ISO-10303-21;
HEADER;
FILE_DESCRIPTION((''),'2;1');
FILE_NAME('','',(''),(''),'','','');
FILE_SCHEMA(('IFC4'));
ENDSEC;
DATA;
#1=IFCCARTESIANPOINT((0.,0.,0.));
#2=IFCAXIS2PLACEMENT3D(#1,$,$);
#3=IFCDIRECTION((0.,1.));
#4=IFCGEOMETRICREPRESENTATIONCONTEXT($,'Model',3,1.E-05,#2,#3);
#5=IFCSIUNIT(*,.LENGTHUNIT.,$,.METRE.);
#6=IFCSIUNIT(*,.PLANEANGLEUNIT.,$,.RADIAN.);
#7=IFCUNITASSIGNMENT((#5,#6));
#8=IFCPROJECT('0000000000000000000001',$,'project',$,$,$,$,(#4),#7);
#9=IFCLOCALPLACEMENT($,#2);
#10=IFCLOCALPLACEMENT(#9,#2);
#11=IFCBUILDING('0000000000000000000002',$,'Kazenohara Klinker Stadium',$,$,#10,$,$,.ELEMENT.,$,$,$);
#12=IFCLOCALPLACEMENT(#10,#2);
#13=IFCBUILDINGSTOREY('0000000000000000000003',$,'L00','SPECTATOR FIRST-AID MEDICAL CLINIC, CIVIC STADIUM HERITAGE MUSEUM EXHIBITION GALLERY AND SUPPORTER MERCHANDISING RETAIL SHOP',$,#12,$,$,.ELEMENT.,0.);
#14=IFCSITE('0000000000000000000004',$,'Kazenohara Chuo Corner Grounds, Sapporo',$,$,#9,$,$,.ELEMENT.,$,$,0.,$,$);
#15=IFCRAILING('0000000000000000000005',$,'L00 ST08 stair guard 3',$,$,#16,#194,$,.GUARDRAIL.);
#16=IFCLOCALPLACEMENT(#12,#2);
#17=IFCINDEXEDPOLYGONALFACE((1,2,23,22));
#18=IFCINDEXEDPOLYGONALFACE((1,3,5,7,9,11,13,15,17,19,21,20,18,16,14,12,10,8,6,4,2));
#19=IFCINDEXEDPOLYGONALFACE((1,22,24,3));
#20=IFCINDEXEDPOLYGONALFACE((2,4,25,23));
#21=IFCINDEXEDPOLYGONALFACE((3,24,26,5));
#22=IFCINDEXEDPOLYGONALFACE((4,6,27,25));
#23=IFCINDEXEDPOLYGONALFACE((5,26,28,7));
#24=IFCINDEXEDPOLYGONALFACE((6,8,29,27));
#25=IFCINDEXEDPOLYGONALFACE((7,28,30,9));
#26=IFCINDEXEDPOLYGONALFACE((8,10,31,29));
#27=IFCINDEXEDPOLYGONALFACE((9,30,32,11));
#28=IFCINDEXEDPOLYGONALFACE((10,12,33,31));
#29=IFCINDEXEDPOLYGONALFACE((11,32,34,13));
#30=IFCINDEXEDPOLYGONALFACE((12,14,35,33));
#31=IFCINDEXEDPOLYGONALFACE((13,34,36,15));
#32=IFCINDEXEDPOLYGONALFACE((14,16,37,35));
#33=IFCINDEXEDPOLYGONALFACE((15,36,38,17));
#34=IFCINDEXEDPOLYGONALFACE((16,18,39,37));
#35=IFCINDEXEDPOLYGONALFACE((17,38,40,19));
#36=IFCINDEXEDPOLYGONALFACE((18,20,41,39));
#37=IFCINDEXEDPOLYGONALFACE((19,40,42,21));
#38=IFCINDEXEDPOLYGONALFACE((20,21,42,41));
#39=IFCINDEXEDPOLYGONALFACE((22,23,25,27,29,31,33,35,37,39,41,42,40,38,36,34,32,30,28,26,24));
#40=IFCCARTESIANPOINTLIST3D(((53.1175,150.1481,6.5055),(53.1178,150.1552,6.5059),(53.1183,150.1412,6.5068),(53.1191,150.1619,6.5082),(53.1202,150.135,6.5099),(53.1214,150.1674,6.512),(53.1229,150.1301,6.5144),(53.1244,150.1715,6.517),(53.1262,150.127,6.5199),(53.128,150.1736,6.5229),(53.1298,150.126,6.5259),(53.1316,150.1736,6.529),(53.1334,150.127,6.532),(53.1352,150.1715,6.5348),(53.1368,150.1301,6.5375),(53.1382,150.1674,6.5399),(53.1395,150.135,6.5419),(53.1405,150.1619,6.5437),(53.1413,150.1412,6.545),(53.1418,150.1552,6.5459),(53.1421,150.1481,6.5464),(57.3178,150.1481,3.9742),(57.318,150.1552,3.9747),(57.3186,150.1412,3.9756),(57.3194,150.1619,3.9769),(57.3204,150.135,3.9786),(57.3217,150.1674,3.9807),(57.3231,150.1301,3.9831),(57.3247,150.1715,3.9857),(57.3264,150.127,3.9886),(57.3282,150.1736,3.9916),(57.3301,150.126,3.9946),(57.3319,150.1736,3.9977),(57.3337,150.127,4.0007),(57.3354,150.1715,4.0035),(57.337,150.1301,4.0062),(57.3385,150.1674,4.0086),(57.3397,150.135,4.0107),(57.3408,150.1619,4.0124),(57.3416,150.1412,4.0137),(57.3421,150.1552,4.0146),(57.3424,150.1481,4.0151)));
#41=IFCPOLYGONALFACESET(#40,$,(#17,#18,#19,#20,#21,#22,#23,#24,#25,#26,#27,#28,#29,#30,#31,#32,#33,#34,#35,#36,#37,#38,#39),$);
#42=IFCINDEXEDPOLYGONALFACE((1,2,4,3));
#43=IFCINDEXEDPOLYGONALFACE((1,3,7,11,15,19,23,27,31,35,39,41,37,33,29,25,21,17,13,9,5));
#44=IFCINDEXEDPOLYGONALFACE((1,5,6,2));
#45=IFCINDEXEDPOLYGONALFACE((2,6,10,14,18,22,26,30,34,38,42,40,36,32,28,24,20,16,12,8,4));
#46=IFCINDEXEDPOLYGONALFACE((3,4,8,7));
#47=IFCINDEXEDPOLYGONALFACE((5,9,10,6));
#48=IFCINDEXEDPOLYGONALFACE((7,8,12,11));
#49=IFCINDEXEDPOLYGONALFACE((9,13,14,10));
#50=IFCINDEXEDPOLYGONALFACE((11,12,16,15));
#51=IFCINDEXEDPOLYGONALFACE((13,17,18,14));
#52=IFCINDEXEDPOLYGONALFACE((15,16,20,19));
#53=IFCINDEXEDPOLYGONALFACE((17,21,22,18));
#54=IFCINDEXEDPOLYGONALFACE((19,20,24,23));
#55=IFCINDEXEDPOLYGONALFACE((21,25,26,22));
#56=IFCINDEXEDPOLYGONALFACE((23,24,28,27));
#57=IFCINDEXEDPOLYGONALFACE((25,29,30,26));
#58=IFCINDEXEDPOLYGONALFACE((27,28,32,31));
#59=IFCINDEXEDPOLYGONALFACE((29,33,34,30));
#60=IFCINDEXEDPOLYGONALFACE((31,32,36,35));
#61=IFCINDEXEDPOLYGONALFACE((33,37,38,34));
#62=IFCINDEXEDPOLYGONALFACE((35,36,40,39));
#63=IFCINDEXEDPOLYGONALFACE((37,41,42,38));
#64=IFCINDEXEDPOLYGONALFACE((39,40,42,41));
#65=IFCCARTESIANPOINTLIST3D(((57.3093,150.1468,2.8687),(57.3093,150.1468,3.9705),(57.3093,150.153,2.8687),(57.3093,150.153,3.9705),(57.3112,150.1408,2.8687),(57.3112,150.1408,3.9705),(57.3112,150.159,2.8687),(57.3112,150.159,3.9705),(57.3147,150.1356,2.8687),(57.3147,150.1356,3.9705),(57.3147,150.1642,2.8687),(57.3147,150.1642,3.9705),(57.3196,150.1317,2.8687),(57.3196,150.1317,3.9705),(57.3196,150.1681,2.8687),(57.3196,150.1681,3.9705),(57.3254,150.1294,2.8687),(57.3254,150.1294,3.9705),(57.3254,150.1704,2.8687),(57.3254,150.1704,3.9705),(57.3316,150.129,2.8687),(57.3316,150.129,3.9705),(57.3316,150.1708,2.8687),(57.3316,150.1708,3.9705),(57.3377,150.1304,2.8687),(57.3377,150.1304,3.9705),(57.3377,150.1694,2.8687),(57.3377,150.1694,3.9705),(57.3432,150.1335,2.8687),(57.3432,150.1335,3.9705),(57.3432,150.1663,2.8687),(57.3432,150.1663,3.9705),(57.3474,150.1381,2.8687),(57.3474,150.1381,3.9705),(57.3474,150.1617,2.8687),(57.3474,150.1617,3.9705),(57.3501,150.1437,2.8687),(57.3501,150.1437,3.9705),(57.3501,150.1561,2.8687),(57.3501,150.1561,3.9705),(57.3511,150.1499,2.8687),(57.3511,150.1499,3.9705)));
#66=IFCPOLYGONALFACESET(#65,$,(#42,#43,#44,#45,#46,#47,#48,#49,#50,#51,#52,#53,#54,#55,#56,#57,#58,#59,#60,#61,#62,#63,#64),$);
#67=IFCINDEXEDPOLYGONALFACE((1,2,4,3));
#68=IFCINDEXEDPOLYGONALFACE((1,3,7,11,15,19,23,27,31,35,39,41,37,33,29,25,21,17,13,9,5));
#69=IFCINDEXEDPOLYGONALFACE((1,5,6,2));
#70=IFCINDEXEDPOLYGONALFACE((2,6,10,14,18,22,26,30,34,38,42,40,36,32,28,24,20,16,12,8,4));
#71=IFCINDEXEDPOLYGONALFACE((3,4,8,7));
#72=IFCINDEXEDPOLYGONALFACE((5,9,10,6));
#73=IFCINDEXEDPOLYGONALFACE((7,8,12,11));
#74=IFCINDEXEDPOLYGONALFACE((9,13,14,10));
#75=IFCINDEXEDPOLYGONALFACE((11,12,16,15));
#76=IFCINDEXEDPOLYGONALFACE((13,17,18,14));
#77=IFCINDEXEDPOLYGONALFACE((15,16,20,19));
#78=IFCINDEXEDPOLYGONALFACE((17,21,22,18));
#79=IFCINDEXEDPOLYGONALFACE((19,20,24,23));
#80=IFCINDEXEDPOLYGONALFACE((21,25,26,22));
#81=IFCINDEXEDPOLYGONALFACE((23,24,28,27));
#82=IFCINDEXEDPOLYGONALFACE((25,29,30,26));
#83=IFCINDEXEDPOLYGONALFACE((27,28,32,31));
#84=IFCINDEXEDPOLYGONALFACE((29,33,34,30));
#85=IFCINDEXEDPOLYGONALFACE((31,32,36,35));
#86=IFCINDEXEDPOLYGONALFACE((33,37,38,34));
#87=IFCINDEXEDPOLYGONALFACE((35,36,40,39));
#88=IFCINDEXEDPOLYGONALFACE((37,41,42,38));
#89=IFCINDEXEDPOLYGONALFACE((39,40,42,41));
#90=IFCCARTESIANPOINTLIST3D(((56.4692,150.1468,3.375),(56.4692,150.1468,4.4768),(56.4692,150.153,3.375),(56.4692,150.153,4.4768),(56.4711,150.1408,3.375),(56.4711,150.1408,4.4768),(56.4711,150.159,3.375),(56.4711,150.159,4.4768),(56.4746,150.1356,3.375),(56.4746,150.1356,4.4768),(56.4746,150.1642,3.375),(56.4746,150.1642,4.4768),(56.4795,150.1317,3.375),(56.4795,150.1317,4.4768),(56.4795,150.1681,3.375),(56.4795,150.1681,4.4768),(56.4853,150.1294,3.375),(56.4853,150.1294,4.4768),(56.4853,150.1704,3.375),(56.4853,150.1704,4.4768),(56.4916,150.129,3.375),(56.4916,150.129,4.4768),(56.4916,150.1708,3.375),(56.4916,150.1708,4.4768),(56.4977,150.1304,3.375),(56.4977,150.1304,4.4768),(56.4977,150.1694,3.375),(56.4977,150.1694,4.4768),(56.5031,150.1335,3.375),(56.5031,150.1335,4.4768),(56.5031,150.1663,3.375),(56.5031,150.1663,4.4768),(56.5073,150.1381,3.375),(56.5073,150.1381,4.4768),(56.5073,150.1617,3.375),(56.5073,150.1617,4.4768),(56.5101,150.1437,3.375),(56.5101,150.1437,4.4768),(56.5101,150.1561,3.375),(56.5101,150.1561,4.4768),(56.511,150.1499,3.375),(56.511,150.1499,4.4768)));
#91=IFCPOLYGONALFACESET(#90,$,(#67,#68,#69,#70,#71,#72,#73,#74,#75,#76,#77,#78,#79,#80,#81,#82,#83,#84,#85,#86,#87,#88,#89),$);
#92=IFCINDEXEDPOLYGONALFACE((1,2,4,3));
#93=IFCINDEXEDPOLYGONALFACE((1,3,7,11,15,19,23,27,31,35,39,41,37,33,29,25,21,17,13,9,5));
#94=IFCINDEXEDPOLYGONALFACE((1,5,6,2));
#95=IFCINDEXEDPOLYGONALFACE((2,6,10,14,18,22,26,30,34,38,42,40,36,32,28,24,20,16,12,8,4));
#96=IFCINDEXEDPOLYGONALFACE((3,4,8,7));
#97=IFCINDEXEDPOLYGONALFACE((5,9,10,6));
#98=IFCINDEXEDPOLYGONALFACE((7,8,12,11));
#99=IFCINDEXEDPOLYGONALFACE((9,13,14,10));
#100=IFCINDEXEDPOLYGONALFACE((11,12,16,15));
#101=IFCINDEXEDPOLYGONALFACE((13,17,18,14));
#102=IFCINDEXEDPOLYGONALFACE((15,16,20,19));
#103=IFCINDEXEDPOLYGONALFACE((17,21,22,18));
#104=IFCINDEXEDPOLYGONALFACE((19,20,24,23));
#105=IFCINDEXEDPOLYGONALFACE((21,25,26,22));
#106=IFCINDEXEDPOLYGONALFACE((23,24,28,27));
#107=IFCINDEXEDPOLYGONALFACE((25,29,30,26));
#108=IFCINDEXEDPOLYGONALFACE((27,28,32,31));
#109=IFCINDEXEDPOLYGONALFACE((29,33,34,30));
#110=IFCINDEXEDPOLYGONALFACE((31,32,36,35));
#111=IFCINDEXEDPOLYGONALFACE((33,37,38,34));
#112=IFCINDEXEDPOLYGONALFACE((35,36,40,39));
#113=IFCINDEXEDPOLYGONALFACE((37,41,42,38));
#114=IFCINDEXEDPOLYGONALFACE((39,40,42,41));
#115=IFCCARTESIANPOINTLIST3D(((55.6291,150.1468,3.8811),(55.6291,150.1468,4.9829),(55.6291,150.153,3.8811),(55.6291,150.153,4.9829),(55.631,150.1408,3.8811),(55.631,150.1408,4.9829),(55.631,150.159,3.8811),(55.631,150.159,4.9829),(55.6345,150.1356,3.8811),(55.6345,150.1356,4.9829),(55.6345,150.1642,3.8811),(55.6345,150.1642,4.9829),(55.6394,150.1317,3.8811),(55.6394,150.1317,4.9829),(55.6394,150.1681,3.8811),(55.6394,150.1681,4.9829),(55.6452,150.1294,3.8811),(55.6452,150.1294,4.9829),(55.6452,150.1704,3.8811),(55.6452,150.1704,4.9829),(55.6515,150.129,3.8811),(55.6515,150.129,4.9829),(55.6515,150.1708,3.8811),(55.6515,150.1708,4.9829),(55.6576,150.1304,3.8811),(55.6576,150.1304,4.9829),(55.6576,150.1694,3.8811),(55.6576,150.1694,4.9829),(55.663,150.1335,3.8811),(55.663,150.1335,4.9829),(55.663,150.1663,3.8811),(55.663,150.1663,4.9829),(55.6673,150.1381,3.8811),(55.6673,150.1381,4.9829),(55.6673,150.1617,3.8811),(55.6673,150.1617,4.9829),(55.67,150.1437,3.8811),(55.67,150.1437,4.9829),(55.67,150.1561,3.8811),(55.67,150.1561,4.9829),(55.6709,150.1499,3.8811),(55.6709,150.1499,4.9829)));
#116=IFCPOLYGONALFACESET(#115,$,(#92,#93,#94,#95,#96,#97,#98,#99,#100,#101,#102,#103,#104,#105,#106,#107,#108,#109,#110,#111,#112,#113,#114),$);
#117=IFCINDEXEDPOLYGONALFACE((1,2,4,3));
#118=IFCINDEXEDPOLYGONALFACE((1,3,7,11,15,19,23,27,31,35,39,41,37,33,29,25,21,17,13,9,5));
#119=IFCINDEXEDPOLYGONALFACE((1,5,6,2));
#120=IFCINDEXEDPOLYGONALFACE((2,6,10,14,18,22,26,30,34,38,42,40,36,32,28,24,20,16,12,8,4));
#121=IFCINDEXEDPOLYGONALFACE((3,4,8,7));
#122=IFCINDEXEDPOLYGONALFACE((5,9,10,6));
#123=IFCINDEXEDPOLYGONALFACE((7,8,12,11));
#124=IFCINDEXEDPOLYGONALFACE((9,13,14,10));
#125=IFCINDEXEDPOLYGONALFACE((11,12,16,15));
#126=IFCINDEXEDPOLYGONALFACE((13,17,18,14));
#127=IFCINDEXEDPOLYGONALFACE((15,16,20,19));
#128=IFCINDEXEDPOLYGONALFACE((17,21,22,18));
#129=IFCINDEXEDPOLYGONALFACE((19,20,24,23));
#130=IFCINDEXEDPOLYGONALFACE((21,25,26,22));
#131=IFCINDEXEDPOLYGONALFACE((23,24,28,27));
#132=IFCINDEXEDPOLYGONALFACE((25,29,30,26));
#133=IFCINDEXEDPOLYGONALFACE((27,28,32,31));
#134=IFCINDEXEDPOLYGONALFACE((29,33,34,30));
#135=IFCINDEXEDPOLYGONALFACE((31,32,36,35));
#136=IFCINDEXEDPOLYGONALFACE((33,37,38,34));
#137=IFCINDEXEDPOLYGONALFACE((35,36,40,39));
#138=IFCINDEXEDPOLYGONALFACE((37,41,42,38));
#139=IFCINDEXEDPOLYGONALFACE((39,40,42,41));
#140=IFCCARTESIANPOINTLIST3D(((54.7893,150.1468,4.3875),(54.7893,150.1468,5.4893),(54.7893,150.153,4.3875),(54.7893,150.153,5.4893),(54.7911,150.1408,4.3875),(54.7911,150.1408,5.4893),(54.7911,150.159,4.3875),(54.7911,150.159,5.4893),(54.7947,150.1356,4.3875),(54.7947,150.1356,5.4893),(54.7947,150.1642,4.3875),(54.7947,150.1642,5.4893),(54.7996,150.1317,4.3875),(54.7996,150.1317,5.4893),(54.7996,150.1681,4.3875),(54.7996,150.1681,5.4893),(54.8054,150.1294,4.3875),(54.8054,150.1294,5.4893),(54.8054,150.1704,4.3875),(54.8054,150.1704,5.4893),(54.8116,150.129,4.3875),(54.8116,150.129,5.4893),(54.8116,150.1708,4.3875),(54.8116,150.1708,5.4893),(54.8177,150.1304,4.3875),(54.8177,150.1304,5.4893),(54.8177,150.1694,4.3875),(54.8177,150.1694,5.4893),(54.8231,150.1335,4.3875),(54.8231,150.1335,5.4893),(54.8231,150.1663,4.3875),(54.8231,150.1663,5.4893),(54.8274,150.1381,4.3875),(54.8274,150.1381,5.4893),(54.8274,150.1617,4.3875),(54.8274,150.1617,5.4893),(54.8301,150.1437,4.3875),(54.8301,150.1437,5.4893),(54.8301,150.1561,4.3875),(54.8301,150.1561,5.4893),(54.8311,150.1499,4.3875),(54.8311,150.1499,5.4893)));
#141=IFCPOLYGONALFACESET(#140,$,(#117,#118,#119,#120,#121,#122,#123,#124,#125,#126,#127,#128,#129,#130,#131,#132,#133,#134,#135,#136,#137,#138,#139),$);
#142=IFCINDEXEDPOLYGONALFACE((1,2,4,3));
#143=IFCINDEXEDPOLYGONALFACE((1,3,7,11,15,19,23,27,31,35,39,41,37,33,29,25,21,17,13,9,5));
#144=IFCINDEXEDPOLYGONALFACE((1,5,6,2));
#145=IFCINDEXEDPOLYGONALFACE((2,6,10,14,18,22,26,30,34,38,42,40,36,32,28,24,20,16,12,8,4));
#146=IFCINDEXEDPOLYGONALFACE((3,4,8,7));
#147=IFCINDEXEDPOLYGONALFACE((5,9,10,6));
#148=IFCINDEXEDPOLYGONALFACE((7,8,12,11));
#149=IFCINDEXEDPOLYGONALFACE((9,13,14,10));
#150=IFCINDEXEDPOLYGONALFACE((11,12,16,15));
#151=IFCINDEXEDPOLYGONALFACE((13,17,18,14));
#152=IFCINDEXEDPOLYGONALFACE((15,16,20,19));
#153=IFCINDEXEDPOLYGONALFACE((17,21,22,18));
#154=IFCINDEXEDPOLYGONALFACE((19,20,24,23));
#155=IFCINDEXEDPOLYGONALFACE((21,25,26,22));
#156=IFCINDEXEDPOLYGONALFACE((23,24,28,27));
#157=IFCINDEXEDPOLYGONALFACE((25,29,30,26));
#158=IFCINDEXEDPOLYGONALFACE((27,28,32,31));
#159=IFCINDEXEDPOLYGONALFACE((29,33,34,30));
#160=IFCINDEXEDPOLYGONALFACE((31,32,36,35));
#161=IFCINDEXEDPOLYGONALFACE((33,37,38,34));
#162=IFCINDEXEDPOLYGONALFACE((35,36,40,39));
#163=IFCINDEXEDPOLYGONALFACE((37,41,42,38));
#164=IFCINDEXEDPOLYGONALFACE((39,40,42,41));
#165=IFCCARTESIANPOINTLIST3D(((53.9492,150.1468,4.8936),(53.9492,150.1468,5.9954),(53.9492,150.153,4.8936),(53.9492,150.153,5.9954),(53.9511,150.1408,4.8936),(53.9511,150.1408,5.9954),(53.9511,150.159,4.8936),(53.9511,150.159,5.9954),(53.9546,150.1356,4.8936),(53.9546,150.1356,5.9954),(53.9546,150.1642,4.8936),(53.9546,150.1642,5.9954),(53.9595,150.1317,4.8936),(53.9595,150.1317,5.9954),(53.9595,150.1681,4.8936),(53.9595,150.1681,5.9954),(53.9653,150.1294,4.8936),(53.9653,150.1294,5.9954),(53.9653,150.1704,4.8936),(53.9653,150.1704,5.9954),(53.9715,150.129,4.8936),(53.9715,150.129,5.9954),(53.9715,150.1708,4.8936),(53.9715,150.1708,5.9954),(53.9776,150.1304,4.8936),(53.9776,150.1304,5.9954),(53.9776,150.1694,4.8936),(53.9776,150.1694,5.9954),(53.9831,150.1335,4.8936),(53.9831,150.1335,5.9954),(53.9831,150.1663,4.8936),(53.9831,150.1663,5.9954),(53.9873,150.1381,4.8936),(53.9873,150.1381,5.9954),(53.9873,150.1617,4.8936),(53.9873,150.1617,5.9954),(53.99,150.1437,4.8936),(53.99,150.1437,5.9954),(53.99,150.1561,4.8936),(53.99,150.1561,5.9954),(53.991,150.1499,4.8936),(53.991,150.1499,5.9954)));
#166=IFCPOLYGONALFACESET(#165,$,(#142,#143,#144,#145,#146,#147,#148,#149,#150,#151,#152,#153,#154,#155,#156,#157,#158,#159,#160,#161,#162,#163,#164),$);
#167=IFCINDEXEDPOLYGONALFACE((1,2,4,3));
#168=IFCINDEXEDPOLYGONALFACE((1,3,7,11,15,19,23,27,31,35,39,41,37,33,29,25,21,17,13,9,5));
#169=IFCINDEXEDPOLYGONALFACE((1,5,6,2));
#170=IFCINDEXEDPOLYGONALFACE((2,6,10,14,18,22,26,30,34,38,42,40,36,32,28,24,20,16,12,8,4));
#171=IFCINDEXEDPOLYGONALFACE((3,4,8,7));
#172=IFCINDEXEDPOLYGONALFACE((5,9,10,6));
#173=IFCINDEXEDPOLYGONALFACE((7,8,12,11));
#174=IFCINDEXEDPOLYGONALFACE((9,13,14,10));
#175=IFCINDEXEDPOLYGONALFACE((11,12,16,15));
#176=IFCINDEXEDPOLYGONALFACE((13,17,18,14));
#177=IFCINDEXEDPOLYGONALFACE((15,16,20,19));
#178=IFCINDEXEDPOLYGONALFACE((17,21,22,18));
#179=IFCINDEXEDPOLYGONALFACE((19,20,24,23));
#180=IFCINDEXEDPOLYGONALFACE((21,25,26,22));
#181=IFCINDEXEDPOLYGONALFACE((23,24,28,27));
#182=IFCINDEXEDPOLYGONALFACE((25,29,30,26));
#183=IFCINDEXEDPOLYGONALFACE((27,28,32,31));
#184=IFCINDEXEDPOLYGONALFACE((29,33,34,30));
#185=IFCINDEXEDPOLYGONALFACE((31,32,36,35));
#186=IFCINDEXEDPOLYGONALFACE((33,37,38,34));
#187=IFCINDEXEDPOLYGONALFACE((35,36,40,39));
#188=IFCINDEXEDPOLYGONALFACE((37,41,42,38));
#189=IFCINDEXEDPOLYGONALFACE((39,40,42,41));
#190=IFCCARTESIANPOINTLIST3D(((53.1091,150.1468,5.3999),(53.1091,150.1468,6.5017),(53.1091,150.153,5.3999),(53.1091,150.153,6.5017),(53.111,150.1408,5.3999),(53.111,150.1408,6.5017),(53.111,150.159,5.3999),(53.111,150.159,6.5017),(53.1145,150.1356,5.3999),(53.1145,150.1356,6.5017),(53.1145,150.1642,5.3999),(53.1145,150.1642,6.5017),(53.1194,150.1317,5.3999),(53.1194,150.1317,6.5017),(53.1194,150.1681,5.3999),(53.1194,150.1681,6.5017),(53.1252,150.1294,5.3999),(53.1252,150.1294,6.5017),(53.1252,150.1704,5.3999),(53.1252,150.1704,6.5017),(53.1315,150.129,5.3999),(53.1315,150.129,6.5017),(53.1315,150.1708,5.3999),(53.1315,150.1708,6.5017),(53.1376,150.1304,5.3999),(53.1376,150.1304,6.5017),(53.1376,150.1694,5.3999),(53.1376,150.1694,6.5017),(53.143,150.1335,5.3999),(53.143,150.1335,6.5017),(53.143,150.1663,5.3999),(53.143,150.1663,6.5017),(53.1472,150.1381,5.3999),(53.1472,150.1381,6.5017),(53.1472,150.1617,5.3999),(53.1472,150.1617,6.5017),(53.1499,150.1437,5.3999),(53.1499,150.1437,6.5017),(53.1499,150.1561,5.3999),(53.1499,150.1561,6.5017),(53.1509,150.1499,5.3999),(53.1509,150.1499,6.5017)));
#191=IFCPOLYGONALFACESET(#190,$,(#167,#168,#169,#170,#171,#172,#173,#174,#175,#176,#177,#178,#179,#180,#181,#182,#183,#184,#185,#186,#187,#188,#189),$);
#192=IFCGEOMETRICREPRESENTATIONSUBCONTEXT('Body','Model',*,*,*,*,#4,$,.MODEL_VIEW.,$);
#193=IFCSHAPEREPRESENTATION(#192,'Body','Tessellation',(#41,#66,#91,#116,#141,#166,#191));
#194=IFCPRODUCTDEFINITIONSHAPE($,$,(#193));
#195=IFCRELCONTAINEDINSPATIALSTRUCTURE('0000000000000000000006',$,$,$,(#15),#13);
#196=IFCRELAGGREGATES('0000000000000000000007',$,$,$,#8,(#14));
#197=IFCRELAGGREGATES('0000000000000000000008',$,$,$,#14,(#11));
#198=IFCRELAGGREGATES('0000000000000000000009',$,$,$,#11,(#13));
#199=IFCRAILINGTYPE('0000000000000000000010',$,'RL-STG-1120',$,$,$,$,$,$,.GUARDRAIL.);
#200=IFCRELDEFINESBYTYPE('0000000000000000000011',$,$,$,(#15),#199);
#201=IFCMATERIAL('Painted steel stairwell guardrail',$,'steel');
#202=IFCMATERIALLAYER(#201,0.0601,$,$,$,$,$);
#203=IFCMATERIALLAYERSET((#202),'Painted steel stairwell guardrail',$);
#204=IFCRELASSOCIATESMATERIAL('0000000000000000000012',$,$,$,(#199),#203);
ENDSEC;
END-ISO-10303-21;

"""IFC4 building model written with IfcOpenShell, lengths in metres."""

from ifc_helpers import new_model, si_unit, direction, frame, origin, origin_2d, place, context, subcontext, project, spatial, circle, extrude, material, layer, layer_set, type_object, element, save


model = new_model("IFC4")

# Units and contexts
model_context = context("Model", 3, precision=1e-05, world=origin(), true_north=direction((0.0, 1.0)))
body_context = subcontext(model_context, "Body", "Model", "MODEL_VIEW")
ifc_project = project(units=[si_unit("LENGTHUNIT", "METRE"), si_unit("PLANEANGLEUNIT", "RADIAN")], contexts=[model_context])

# Site, building, storey
site_placement = place(None, origin())
site = spatial("IfcSite", under=ifc_project, at=site_placement, Name="Kazenohara Chuo Corner Grounds, Sapporo", CompositionType="ELEMENT", RefElevation=0.0)
building_placement = place(site_placement, origin())
building = spatial("IfcBuilding", under=site, at=building_placement, Name="Kazenohara Klinker Stadium", CompositionType="ELEMENT")
storey_placement = place(building_placement, origin())
storey = spatial("IfcBuildingStorey", under=building, at=storey_placement, Name="L00", Description="SPECTATOR FIRST-AID MEDICAL CLINIC, CIVIC STADIUM HERITAGE MUSEUM EXHIBITION GALLERY AND SUPPORTER MERCHANDISING RETAIL SHOP", CompositionType="ELEMENT", Elevation=0.0)

# Railing
ifc_material_1 = material(Name="Painted steel stairwell guardrail", Category="steel")
ifc_layer_1 = layer(ifc_material_1, 0.0601)
ifc_layer_set_1 = layer_set([ifc_layer_1], Name="Painted steel stairwell guardrail")
railing_type_1 = type_object("IfcRailingType", Name="RL-STG-1120", PredefinedType="GUARDRAIL", material=ifc_layer_set_1)
railing_1_placement = place(storey_placement, frame((57.3301, 150.1499, 2.8687)))
element("IfcRailing", 1, at=railing_1_placement, inside=storey, type_object=railing_type_1, Name="L00 ST08 stair guard 3", PredefinedType="GUARDRAIL", context=body_context, shape_type="SweptSolid", body=[
    extrude(circle(Radius=0.0239, at=origin_2d()), frame((0.0, 0.0, 1.126), z_axis=(-0.85649, 0.0, 0.516164), x_axis=(0.0, -1.0, 0.0)), (0.0, 0.0, 1.0), 4.9041),
    extrude(circle(Radius=0.021, at=origin_2d()), origin(), (0.0, 0.0, 1.0), 1.1018),
    extrude(circle(Radius=0.021, at=origin_2d()), frame((-0.8401, 0.0, 0.5063)), (0.0, 0.0, 1.0), 1.1018),
    extrude(circle(Radius=0.021, at=origin_2d()), frame((-1.6802, 0.0, 1.0125)), (0.0, 0.0, 1.0), 1.1018),
    extrude(circle(Radius=0.021, at=origin_2d()), frame((-2.52, 0.0, 1.5188)), (0.0, 0.0, 1.0), 1.1018),
    extrude(circle(Radius=0.021, at=origin_2d()), frame((-3.3601, 0.0, 2.0249)), (0.0, 0.0, 1.0), 1.1018),
    extrude(circle(Radius=0.021, at=origin_2d()), frame((-4.2002, 0.0, 2.5312)), (0.0, 0.0, 1.0), 1.1018),
])

save(model, "model.ifc")
